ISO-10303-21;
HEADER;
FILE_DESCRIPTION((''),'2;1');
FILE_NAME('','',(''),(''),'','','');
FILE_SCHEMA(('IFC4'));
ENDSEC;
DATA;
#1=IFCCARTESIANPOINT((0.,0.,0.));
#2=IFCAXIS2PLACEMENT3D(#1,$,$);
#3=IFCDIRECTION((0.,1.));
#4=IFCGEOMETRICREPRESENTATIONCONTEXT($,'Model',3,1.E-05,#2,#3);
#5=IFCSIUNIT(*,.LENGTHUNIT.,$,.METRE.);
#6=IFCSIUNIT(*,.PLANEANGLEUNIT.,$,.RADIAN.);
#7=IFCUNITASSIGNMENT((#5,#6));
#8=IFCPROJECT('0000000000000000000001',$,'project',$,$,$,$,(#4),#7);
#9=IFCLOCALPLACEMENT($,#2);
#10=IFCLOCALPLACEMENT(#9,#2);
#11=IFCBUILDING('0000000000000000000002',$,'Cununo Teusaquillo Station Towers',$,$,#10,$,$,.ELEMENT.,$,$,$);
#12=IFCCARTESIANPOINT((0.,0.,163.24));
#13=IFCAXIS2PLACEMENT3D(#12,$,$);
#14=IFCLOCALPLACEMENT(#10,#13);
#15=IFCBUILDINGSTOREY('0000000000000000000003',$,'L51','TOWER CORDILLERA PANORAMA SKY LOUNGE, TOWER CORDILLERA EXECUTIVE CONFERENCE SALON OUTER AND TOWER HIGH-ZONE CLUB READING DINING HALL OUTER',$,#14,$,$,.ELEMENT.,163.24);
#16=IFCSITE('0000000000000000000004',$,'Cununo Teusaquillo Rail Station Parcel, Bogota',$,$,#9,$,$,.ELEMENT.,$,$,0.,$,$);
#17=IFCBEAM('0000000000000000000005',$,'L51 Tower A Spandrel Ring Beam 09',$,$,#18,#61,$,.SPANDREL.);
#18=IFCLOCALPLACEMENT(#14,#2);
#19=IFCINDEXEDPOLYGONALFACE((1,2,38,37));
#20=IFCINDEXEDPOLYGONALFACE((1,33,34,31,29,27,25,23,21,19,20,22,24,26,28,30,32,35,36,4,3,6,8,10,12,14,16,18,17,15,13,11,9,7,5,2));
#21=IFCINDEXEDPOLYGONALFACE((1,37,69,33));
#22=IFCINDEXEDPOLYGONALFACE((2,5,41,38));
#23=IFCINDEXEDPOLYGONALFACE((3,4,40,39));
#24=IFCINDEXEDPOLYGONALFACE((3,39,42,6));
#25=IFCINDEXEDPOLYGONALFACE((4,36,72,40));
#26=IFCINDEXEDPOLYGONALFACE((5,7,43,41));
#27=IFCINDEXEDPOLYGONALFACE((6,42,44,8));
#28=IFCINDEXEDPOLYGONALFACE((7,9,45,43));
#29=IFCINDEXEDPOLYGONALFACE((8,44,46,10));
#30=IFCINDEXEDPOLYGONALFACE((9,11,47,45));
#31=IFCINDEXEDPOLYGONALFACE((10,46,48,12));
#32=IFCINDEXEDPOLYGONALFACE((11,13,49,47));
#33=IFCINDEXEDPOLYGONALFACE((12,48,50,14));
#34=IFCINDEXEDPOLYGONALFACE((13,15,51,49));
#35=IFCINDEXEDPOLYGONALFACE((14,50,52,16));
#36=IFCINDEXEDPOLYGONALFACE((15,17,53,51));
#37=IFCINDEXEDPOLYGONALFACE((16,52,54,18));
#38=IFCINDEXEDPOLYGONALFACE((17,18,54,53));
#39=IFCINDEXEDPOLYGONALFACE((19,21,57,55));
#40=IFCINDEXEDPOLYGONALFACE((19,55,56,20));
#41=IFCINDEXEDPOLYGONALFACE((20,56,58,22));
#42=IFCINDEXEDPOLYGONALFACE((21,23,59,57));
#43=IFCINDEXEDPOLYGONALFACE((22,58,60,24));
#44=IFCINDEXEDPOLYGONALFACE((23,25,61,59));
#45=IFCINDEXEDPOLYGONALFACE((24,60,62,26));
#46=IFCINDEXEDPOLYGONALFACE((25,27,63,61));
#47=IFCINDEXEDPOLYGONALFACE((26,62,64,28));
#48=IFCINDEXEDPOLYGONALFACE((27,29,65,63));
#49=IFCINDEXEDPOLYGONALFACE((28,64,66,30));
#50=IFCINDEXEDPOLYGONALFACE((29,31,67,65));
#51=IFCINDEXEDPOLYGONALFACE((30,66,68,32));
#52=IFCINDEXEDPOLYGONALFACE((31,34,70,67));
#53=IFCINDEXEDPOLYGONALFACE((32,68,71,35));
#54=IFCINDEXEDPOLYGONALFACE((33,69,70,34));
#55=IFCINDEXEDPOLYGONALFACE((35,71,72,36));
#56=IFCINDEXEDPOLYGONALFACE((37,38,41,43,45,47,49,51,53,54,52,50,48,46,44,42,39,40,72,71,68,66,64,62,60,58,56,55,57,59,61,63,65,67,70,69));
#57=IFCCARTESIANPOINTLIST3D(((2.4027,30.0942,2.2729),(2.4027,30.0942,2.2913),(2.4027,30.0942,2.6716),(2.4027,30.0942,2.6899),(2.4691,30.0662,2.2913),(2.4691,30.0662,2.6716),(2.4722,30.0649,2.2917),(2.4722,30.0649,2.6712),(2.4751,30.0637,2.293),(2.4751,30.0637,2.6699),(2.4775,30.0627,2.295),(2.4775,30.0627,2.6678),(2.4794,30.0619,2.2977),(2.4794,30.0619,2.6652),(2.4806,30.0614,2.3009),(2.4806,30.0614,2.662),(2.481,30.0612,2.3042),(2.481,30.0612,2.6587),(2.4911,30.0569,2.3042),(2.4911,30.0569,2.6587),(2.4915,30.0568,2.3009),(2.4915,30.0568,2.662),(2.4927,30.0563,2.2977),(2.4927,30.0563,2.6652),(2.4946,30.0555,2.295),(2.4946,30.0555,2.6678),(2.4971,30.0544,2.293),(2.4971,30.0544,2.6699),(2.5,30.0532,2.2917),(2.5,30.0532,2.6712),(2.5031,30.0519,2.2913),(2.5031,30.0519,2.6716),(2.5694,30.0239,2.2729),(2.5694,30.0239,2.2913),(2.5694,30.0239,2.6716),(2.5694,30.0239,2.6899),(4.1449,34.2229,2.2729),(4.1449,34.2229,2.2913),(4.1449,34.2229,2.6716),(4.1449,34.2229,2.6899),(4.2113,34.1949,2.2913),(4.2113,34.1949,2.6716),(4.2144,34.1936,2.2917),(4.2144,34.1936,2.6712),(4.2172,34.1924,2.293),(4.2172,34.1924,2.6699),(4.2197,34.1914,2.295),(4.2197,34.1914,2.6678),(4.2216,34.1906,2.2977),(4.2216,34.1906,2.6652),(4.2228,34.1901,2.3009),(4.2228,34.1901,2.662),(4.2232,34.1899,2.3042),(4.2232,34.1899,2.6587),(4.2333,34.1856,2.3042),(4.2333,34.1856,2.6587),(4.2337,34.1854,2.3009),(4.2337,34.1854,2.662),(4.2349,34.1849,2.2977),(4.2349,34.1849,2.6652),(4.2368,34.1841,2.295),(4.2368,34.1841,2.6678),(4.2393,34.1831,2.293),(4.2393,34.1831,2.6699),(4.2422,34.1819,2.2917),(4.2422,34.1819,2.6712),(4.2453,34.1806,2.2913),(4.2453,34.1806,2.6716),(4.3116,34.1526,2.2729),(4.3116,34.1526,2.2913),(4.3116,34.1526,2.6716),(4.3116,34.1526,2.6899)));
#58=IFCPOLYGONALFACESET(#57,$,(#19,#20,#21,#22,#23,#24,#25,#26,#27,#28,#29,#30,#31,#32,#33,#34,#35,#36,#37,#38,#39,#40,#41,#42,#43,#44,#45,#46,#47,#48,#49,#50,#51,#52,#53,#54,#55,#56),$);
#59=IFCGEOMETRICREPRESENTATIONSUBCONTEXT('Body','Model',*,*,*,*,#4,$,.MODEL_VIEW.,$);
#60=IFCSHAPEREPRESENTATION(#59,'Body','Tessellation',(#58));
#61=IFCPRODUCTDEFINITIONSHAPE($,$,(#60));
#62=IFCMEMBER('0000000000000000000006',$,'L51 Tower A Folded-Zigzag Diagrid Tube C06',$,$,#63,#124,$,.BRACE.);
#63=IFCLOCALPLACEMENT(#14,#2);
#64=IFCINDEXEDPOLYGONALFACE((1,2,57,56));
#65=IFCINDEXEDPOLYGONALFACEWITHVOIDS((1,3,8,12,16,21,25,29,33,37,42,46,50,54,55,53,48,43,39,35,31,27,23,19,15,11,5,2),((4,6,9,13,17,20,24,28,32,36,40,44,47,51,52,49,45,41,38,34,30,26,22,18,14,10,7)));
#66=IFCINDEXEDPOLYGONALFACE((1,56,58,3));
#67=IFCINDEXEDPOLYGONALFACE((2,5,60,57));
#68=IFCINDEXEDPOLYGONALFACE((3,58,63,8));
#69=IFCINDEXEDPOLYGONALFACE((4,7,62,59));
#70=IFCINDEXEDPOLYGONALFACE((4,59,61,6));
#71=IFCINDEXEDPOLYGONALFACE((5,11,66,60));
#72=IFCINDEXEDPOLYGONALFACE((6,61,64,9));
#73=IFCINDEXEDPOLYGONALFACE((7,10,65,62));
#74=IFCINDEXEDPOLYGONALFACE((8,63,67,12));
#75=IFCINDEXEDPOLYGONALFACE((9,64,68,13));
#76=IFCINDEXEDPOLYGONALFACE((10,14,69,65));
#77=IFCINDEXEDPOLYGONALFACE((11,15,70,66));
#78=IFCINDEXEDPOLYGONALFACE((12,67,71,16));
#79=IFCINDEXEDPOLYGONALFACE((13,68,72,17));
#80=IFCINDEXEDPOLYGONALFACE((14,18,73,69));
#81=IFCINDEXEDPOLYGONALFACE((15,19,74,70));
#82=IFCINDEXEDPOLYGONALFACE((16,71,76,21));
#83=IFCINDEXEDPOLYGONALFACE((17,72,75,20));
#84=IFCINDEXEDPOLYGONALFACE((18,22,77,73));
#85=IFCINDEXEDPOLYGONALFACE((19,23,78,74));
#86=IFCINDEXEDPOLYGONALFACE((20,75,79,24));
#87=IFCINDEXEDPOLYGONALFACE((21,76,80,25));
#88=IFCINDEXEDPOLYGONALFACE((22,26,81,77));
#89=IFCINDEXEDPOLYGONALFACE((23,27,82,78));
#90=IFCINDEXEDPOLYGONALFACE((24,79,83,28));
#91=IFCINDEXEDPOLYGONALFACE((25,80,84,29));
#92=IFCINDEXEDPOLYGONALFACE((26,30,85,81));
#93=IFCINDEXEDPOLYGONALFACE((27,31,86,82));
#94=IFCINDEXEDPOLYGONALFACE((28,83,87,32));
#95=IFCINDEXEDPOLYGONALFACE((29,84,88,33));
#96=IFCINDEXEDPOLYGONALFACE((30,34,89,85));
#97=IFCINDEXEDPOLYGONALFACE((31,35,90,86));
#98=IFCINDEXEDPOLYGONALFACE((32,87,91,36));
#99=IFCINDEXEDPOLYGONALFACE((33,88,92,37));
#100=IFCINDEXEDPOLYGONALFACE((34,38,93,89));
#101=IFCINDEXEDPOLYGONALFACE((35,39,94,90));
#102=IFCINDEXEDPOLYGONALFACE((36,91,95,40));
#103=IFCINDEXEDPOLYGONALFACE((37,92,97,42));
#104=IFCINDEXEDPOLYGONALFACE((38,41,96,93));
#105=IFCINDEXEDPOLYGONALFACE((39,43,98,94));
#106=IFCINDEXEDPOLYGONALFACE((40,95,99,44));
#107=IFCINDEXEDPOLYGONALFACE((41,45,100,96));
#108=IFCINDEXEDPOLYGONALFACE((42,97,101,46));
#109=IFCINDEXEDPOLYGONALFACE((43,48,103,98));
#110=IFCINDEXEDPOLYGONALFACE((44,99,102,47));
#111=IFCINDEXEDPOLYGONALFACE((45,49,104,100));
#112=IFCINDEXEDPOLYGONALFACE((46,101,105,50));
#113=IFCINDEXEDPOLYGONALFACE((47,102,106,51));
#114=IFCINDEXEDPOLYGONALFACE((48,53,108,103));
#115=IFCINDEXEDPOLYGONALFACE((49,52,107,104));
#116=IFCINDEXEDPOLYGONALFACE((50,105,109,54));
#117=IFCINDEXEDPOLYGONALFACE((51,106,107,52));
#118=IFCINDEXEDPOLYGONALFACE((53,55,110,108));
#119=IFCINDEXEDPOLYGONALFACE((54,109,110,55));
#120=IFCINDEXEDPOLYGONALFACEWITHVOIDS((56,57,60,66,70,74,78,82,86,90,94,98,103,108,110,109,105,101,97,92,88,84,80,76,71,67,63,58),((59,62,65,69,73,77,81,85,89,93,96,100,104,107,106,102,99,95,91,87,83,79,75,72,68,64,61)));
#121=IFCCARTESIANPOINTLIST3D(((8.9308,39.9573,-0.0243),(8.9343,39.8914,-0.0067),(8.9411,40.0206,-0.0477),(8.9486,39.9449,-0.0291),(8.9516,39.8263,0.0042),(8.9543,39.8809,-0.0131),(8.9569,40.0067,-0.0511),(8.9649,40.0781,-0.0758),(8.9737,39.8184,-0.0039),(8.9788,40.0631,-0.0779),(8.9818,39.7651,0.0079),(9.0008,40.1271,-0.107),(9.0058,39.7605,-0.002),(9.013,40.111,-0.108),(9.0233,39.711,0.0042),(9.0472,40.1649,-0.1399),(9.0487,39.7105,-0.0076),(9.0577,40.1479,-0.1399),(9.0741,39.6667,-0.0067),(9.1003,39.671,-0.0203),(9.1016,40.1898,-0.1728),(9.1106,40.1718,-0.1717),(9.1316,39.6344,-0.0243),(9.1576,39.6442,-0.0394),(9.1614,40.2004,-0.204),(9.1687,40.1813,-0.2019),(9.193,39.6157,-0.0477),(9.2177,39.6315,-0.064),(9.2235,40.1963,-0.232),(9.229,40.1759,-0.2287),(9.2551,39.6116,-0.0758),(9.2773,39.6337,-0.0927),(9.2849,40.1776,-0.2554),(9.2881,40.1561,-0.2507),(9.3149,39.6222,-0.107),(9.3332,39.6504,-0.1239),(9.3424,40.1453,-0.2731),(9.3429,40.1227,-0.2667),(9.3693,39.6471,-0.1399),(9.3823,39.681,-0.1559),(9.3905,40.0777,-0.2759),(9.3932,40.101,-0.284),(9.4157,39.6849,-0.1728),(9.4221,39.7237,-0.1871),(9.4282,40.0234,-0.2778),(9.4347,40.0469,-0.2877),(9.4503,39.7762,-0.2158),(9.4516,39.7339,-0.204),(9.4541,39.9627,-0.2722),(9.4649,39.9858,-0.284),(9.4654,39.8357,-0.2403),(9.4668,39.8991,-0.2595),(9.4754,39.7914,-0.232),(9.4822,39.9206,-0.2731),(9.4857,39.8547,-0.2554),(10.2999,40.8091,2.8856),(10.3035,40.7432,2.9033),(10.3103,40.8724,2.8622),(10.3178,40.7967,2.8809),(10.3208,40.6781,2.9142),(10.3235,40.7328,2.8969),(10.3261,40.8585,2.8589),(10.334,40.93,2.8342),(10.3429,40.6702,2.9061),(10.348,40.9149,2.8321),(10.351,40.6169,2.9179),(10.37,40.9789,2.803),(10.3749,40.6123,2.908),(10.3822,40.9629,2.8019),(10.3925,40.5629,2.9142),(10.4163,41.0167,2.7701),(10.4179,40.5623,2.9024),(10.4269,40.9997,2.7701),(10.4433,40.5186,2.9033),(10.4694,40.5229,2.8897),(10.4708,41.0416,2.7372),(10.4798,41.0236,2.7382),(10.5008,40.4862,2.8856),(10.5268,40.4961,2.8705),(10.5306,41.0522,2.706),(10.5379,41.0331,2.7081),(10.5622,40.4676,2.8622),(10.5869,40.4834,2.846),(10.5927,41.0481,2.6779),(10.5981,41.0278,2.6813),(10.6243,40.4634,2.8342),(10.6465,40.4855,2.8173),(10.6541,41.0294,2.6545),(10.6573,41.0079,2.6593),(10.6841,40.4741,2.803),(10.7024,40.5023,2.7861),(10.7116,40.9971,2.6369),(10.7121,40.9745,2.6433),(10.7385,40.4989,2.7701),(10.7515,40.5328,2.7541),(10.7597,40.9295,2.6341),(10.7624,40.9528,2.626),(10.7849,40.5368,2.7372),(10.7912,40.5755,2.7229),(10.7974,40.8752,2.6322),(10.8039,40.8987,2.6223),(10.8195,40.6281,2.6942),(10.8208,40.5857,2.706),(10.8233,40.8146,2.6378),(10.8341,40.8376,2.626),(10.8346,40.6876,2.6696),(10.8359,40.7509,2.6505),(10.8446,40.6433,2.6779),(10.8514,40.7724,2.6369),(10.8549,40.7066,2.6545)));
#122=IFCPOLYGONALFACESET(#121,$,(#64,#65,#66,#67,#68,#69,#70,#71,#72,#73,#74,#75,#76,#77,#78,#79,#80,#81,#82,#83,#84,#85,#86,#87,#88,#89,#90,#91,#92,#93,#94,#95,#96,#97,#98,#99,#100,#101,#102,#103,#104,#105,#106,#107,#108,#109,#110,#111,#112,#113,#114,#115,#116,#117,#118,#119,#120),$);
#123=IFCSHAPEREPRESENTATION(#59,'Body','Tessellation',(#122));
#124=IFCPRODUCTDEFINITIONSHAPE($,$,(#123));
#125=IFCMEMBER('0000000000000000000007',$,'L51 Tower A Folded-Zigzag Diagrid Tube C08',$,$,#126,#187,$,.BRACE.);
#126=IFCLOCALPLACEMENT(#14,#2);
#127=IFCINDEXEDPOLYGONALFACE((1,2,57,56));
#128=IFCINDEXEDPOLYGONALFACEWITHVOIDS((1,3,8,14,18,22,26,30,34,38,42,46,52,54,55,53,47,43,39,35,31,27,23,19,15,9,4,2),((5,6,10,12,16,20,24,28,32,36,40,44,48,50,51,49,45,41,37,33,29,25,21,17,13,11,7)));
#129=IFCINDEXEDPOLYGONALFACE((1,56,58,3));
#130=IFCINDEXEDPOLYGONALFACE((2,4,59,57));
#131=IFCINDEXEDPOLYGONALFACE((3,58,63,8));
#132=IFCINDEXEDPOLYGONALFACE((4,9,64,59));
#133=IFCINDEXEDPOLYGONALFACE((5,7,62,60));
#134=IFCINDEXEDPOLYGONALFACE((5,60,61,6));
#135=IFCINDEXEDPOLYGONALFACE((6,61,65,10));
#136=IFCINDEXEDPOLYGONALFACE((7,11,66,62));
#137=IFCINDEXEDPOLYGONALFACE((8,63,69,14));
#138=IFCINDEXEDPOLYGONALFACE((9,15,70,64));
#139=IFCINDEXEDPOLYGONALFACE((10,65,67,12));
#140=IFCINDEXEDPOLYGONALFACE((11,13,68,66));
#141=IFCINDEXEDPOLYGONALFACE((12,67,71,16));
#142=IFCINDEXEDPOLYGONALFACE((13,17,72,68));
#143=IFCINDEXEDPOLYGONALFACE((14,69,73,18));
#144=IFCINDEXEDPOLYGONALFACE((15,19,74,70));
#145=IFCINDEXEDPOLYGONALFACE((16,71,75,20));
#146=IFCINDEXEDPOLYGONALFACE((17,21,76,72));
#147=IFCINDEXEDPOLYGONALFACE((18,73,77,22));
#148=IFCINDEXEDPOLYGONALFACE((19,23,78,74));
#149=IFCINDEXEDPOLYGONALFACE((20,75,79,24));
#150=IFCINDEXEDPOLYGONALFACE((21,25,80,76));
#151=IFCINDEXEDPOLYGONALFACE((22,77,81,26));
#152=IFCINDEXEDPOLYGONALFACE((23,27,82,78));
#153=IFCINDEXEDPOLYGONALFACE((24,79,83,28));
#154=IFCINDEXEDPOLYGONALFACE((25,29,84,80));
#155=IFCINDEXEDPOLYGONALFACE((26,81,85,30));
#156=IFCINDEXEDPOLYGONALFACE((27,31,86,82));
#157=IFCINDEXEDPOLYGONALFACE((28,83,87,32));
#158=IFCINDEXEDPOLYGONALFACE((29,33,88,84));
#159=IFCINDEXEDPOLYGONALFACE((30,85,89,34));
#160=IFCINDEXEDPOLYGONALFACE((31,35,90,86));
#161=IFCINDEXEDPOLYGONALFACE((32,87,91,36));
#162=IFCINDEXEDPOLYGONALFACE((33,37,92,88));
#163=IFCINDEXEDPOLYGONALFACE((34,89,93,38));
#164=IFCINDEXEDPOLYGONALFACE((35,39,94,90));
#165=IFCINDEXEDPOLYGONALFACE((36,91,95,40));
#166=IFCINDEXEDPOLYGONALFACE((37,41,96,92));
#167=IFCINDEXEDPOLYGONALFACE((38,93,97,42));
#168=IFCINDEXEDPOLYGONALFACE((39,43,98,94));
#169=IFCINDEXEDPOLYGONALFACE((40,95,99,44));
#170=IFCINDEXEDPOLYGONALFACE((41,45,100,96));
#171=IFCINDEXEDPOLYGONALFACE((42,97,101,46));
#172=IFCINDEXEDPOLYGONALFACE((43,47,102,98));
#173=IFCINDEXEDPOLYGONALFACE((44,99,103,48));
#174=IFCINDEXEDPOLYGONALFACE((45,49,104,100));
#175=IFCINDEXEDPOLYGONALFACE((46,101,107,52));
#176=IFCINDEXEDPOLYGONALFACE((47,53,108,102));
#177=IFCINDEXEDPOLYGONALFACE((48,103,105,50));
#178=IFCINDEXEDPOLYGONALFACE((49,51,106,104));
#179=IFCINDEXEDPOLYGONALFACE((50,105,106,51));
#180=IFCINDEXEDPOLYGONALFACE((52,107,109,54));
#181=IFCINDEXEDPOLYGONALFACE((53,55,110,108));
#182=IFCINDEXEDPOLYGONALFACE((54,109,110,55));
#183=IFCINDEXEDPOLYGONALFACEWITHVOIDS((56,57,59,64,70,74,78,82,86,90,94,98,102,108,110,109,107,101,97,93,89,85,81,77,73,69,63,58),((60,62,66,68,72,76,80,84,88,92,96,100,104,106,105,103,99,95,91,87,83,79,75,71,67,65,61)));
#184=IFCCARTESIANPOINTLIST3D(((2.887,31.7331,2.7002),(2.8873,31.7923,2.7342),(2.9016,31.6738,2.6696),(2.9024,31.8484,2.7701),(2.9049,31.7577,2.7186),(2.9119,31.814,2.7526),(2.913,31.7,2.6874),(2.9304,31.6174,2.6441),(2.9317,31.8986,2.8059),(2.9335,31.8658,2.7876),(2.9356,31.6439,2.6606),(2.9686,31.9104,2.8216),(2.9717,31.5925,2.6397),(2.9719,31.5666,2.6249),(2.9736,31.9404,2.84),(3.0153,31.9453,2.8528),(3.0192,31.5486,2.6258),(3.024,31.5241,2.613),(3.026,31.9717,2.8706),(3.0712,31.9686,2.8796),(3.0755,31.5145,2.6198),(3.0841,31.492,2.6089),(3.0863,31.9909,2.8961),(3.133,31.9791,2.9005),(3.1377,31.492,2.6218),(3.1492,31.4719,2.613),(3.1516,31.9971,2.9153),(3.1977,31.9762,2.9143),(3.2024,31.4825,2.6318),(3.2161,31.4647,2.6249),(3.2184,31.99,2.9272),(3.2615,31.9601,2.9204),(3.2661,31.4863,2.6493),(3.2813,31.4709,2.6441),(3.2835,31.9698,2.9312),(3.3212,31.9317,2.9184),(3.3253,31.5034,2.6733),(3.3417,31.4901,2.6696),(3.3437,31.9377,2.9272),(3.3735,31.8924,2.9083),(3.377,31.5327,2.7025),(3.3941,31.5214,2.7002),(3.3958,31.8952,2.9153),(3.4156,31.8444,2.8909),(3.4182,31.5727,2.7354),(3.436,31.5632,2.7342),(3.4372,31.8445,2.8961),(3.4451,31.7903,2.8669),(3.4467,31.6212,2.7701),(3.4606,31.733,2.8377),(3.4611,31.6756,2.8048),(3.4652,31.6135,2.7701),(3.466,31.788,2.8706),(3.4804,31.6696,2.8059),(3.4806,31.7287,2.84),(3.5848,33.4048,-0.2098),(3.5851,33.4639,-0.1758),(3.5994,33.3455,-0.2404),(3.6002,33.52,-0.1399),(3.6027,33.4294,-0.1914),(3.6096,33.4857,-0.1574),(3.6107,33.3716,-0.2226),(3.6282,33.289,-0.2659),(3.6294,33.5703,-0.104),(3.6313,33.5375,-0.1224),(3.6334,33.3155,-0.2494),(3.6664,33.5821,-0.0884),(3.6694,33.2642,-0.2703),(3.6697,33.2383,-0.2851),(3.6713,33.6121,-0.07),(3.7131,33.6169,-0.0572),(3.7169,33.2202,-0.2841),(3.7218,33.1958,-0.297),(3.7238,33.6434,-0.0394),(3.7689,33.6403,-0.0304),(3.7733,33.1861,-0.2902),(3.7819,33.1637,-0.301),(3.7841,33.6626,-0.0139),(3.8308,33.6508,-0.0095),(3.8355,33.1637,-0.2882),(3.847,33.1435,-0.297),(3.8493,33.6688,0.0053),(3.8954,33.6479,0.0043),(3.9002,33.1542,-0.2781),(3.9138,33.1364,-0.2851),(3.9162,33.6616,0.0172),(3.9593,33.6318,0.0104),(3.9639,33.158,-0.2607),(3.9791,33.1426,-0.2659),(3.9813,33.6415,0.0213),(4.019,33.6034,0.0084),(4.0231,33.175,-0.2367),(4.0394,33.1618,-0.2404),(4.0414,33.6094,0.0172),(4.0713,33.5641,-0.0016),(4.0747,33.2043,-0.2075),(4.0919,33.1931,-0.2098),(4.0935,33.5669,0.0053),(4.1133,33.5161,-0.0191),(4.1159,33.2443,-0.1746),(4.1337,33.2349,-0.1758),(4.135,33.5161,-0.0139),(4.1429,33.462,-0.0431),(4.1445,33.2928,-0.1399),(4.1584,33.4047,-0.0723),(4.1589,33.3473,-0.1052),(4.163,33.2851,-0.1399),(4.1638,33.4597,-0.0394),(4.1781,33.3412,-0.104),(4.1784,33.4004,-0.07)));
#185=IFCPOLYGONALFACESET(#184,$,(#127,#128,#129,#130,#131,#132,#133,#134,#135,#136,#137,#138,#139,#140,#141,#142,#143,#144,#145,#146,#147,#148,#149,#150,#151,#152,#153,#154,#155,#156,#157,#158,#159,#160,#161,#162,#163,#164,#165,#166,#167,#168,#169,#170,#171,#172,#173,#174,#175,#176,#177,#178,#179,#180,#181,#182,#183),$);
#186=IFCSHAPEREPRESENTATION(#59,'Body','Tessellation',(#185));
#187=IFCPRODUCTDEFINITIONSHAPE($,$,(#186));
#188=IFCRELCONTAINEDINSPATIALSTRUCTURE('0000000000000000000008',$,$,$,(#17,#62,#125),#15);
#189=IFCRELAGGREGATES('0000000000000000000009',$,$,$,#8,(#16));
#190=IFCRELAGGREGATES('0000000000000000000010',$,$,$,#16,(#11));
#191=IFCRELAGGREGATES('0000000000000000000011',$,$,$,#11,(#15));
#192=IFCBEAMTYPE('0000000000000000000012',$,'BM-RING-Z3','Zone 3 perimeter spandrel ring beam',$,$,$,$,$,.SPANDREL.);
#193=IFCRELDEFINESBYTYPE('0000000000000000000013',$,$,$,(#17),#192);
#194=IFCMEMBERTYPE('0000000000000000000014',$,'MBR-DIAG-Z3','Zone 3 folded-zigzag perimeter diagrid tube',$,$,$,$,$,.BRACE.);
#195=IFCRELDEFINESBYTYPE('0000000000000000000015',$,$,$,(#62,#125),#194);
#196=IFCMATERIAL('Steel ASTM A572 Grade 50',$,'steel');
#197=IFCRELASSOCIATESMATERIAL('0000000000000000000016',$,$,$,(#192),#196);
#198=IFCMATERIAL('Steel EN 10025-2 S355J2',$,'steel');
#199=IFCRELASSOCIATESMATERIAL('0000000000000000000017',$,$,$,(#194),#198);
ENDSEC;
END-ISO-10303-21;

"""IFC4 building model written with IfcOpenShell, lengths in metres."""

from ifc_helpers import new_model, si_unit, direction, frame, origin, origin_2d, place, context, subcontext, project, spatial, hollow_circle, i_section, extrude, material, material_profile, profile_set, type_object, element, save


model = new_model("IFC4")

# Units and contexts
model_context = context("Model", 3, precision=1e-05, world=origin(), true_north=direction((0.0, 1.0)))
body_context = subcontext(model_context, "Body", "Model", "MODEL_VIEW")
ifc_project = project(units=[si_unit("LENGTHUNIT", "METRE"), si_unit("PLANEANGLEUNIT", "RADIAN")], contexts=[model_context])

# Site, building, storey
site_placement = place(None, origin())
site = spatial("IfcSite", under=ifc_project, at=site_placement, Name="Cununo Teusaquillo Rail Station Parcel, Bogota", CompositionType="ELEMENT", RefElevation=0.0)
building_placement = place(site_placement, origin())
building = spatial("IfcBuilding", under=site, at=building_placement, Name="Cununo Teusaquillo Station Towers", CompositionType="ELEMENT")
storey_placement = place(building_placement, frame((0.0, 0.0, 163.24)))
storey = spatial("IfcBuildingStorey", under=building, at=storey_placement, Name="L51", Description="TOWER CORDILLERA PANORAMA SKY LOUNGE, TOWER CORDILLERA EXECUTIVE CONFERENCE SALON OUTER AND TOWER HIGH-ZONE CLUB READING DINING HALL OUTER", CompositionType="ELEMENT", Elevation=163.24)

# Beam
ifc_material_1 = material(Name="Steel ASTM A572 Grade 50", Category="steel")
ifc_material_profile_1 = material_profile(ifc_material_1, i_section(OverallWidth=0.1809, OverallDepth=0.417, WebThickness=0.011, FlangeThickness=0.0183, FilletRadius=0.0129, at=origin_2d()), Name="W16X57")
ifc_profile_set_1 = profile_set([ifc_material_profile_1], Name="Steel ASTM A572 Grade 50")
beam_type_1 = type_object("IfcBeamType", Name="BM-RING-Z3", Description="Zone 3 perimeter spandrel ring beam", PredefinedType="SPANDREL", material=ifc_profile_set_1)
beam_1_placement = place(storey_placement, frame((4.2283, 34.1877, 2.4814), z_axis=(-0.388778, -0.921332, 0.0), x_axis=(0.921332, -0.388778, 0.0)))
element("IfcBeam", 1, at=beam_1_placement, inside=storey, type_object=beam_type_1, Name="L51 Tower A Spandrel Ring Beam 09", PredefinedType="SPANDREL", context=body_context, shape_type="SweptSolid", body=[
    extrude(i_section(OverallWidth=0.1809, OverallDepth=0.417, WebThickness=0.011, FlangeThickness=0.0183, FilletRadius=0.0129, at=origin_2d()), origin(), (0.0, 0.0, 1.0), 4.4812),
])

# Members
ifc_material_2 = material(Name="Steel EN 10025-2 S355J2", Category="steel")
ifc_material_profile_2 = material_profile(ifc_material_2, hollow_circle(Radius=0.3049, WallThickness=0.02, at=origin_2d()), Name="CHS 610x20")
ifc_profile_set_2 = profile_set([ifc_material_profile_2], Name="Steel EN 10025-2 S355J2")
member_type = type_object("IfcMemberType", Name="MBR-DIAG-Z3", Description="Zone 3 folded-zigzag perimeter diagrid tube", PredefinedType="BRACE", material=ifc_profile_set_2)
member_1_placement = place(storey_placement, frame((9.2083, 39.906, -0.1399), z_axis=(0.411547, 0.256043, 0.874684), x_axis=(-0.528256, 0.849085, 0.0)))
element("IfcMember", 2, at=member_1_placement, inside=storey, type_object=member_type, Name="L51 Tower A Folded-Zigzag Diagrid Tube C06", PredefinedType="BRACE", context=body_context, shape_type="SweptSolid", body=[
    extrude(hollow_circle(Radius=0.3049, WallThickness=0.02, at=origin_2d()), origin(), (0.0, 0.0, 1.0), 3.3269),
])
member_2_placement = place(storey_placement, frame((3.8816, 33.4026, -0.1399), z_axis=(-0.203566, -0.48769, 0.848952), x_axis=(0.922833, -0.385199, 0.0)))
element("IfcMember", 3, at=member_2_placement, inside=storey, type_object=member_type, Name="L51 Tower A Folded-Zigzag Diagrid Tube C08", PredefinedType="BRACE", context=body_context, shape_type="SweptSolid", body=[
    extrude(hollow_circle(Radius=0.3049, WallThickness=0.02, at=origin_2d()), origin(), (0.0, 0.0, 1.0), 3.4277),
])

save(model, "model.ifc")
